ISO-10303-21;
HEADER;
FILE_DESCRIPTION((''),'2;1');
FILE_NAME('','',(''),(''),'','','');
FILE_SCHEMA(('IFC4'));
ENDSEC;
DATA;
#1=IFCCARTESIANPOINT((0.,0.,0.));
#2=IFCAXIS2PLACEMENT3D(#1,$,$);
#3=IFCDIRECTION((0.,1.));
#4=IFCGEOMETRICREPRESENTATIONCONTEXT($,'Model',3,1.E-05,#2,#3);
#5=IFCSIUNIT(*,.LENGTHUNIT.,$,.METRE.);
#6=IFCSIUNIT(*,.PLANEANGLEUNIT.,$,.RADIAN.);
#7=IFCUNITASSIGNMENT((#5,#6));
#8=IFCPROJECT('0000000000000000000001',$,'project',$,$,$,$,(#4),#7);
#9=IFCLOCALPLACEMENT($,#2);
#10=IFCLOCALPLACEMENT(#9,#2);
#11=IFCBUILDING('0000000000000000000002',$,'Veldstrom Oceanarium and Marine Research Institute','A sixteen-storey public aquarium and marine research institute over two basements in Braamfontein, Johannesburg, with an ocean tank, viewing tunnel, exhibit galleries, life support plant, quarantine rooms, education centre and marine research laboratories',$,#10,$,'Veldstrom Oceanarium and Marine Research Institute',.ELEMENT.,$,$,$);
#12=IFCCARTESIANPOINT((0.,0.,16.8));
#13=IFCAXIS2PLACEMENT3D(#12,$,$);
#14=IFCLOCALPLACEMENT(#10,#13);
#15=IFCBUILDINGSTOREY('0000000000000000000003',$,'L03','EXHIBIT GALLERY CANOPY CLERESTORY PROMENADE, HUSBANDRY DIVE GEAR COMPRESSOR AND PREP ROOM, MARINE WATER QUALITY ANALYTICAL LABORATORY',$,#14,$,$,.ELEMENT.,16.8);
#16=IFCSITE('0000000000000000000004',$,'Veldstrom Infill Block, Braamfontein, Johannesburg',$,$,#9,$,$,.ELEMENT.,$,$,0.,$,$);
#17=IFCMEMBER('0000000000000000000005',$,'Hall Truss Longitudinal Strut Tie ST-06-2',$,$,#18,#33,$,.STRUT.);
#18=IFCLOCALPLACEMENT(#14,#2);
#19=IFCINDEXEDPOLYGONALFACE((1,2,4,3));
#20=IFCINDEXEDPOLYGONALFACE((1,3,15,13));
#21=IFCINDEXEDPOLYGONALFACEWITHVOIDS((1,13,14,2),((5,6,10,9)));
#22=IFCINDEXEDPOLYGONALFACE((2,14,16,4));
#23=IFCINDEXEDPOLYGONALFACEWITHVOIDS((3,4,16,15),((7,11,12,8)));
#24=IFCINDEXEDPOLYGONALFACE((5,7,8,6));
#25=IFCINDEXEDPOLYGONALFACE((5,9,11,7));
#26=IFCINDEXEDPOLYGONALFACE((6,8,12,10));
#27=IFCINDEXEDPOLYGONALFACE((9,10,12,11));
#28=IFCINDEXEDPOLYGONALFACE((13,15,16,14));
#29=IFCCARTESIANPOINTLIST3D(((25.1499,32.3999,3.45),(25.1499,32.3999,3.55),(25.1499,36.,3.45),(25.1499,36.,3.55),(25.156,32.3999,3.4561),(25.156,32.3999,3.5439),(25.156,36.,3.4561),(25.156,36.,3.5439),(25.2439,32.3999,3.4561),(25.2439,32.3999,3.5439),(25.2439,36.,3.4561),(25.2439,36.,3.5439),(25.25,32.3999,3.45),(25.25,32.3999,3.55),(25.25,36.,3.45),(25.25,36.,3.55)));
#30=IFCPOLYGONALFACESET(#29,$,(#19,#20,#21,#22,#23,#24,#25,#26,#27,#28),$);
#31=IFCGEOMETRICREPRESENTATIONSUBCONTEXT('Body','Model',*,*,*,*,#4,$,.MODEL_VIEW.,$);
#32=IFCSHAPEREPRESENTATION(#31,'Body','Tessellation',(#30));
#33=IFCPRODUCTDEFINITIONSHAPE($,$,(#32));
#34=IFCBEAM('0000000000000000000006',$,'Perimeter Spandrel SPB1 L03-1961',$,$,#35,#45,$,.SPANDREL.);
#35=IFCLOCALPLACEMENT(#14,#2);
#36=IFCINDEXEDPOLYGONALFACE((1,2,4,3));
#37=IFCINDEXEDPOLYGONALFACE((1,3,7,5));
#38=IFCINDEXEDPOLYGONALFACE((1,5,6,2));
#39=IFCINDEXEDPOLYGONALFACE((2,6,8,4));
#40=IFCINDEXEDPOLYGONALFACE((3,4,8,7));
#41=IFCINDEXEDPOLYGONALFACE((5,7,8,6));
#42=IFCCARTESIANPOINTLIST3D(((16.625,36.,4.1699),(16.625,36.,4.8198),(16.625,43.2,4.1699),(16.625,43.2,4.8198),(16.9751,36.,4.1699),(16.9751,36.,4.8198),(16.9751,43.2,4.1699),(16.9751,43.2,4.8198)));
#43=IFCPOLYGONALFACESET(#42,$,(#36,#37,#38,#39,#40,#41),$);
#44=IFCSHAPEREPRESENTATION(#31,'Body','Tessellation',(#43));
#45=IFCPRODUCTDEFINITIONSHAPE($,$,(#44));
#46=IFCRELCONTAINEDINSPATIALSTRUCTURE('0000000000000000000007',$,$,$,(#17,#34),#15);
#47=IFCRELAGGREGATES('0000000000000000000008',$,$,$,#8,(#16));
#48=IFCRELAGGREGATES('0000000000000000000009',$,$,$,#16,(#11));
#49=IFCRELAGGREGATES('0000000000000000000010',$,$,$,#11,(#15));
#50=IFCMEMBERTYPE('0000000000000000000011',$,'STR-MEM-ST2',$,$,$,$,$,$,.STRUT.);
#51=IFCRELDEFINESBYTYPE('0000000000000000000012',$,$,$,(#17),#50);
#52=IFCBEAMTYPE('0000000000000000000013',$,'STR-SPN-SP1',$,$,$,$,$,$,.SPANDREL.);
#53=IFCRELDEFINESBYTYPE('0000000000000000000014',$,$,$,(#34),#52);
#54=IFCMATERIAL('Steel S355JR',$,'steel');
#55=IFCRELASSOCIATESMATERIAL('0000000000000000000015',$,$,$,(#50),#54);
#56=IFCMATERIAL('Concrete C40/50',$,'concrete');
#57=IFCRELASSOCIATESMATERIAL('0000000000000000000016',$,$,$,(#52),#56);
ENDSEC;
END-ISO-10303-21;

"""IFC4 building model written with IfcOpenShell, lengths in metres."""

from ifc_helpers import new_model, si_unit, direction, frame, origin, origin_2d, place, context, subcontext, project, spatial, rectangle, hollow_rectangle, extrude, material, material_profile, profile_set, type_object, element, save


model = new_model("IFC4")

# Units and contexts
model_context = context("Model", 3, precision=1e-05, world=origin(), true_north=direction((0.0, 1.0)))
body_context = subcontext(model_context, "Body", "Model", "MODEL_VIEW")
ifc_project = project(units=[si_unit("LENGTHUNIT", "METRE"), si_unit("PLANEANGLEUNIT", "RADIAN")], contexts=[model_context])

# Site, building, storey
site_placement = place(None, origin())
site = spatial("IfcSite", under=ifc_project, at=site_placement, Name="Veldstrom Infill Block, Braamfontein, Johannesburg", CompositionType="ELEMENT", RefElevation=0.0)
building_placement = place(site_placement, origin())
building = spatial("IfcBuilding", under=site, at=building_placement, Name="Veldstrom Oceanarium and Marine Research Institute", Description="A sixteen-storey public aquarium and marine research institute over two basements in Braamfontein, Johannesburg, with an ocean tank, viewing tunnel, exhibit galleries, life support plant, quarantine rooms, education centre and marine research laboratories", LongName="Veldstrom Oceanarium and Marine Research Institute", CompositionType="ELEMENT")
storey_placement = place(building_placement, frame((0.0, 0.0, 16.8)))
storey = spatial("IfcBuildingStorey", under=building, at=storey_placement, Name="L03", Description="EXHIBIT GALLERY CANOPY CLERESTORY PROMENADE, HUSBANDRY DIVE GEAR COMPRESSOR AND PREP ROOM, MARINE WATER QUALITY ANALYTICAL LABORATORY", CompositionType="ELEMENT", Elevation=16.8)

# Member
ifc_material_1 = material(Name="Steel S355JR", Category="steel")
ifc_material_profile_1 = material_profile(ifc_material_1, hollow_rectangle(XDim=0.1001, YDim=0.1001, WallThickness=0.0061, at=origin_2d()), Name="SHS 100x100x6")
ifc_profile_set_1 = profile_set([ifc_material_profile_1], Name="Steel S355JR")
member_type_1 = type_object("IfcMemberType", Name="STR-MEM-ST2", PredefinedType="STRUT", material=ifc_profile_set_1)
member_1_placement = place(storey_placement, frame((25.2, 32.3999, 3.5), z_axis=(0.0, 1.0, 0.0), x_axis=(-1.0, 0.0, 0.0)))
element("IfcMember", 1, at=member_1_placement, inside=storey, type_object=member_type_1, Name="Hall Truss Longitudinal Strut Tie ST-06-2", PredefinedType="STRUT", context=body_context, shape_type="SweptSolid", body=[
    extrude(hollow_rectangle(XDim=0.1001, YDim=0.1001, WallThickness=0.0061, at=origin_2d()), origin(), (0.0, 0.0, 1.0), 3.6001),
])

# Beam
ifc_material_2 = material(Name="Concrete C40/50", Category="concrete")
ifc_material_profile_2 = material_profile(ifc_material_2, rectangle(XDim=0.3501, YDim=0.6499, at=origin_2d()), Name="RC-SPN-350x650")
ifc_profile_set_2 = profile_set([ifc_material_profile_2], Name="Concrete C40/50")
beam_type = type_object("IfcBeamType", Name="STR-SPN-SP1", PredefinedType="SPANDREL", material=ifc_profile_set_2)
beam_placement = place(storey_placement, frame((16.8, 36.0, 4.4949), z_axis=(0.0, 1.0, 0.0), x_axis=(-1.0, 0.0, 0.0)))
element("IfcBeam", 2, at=beam_placement, inside=storey, type_object=beam_type, Name="Perimeter Spandrel SPB1 L03-1961", PredefinedType="SPANDREL", context=body_context, shape_type="SweptSolid", body=[
    extrude(rectangle(XDim=0.3501, YDim=0.6499, at=origin_2d()), origin(), (0.0, 0.0, 1.0), 7.2),
])

save(model, "model.ifc")
